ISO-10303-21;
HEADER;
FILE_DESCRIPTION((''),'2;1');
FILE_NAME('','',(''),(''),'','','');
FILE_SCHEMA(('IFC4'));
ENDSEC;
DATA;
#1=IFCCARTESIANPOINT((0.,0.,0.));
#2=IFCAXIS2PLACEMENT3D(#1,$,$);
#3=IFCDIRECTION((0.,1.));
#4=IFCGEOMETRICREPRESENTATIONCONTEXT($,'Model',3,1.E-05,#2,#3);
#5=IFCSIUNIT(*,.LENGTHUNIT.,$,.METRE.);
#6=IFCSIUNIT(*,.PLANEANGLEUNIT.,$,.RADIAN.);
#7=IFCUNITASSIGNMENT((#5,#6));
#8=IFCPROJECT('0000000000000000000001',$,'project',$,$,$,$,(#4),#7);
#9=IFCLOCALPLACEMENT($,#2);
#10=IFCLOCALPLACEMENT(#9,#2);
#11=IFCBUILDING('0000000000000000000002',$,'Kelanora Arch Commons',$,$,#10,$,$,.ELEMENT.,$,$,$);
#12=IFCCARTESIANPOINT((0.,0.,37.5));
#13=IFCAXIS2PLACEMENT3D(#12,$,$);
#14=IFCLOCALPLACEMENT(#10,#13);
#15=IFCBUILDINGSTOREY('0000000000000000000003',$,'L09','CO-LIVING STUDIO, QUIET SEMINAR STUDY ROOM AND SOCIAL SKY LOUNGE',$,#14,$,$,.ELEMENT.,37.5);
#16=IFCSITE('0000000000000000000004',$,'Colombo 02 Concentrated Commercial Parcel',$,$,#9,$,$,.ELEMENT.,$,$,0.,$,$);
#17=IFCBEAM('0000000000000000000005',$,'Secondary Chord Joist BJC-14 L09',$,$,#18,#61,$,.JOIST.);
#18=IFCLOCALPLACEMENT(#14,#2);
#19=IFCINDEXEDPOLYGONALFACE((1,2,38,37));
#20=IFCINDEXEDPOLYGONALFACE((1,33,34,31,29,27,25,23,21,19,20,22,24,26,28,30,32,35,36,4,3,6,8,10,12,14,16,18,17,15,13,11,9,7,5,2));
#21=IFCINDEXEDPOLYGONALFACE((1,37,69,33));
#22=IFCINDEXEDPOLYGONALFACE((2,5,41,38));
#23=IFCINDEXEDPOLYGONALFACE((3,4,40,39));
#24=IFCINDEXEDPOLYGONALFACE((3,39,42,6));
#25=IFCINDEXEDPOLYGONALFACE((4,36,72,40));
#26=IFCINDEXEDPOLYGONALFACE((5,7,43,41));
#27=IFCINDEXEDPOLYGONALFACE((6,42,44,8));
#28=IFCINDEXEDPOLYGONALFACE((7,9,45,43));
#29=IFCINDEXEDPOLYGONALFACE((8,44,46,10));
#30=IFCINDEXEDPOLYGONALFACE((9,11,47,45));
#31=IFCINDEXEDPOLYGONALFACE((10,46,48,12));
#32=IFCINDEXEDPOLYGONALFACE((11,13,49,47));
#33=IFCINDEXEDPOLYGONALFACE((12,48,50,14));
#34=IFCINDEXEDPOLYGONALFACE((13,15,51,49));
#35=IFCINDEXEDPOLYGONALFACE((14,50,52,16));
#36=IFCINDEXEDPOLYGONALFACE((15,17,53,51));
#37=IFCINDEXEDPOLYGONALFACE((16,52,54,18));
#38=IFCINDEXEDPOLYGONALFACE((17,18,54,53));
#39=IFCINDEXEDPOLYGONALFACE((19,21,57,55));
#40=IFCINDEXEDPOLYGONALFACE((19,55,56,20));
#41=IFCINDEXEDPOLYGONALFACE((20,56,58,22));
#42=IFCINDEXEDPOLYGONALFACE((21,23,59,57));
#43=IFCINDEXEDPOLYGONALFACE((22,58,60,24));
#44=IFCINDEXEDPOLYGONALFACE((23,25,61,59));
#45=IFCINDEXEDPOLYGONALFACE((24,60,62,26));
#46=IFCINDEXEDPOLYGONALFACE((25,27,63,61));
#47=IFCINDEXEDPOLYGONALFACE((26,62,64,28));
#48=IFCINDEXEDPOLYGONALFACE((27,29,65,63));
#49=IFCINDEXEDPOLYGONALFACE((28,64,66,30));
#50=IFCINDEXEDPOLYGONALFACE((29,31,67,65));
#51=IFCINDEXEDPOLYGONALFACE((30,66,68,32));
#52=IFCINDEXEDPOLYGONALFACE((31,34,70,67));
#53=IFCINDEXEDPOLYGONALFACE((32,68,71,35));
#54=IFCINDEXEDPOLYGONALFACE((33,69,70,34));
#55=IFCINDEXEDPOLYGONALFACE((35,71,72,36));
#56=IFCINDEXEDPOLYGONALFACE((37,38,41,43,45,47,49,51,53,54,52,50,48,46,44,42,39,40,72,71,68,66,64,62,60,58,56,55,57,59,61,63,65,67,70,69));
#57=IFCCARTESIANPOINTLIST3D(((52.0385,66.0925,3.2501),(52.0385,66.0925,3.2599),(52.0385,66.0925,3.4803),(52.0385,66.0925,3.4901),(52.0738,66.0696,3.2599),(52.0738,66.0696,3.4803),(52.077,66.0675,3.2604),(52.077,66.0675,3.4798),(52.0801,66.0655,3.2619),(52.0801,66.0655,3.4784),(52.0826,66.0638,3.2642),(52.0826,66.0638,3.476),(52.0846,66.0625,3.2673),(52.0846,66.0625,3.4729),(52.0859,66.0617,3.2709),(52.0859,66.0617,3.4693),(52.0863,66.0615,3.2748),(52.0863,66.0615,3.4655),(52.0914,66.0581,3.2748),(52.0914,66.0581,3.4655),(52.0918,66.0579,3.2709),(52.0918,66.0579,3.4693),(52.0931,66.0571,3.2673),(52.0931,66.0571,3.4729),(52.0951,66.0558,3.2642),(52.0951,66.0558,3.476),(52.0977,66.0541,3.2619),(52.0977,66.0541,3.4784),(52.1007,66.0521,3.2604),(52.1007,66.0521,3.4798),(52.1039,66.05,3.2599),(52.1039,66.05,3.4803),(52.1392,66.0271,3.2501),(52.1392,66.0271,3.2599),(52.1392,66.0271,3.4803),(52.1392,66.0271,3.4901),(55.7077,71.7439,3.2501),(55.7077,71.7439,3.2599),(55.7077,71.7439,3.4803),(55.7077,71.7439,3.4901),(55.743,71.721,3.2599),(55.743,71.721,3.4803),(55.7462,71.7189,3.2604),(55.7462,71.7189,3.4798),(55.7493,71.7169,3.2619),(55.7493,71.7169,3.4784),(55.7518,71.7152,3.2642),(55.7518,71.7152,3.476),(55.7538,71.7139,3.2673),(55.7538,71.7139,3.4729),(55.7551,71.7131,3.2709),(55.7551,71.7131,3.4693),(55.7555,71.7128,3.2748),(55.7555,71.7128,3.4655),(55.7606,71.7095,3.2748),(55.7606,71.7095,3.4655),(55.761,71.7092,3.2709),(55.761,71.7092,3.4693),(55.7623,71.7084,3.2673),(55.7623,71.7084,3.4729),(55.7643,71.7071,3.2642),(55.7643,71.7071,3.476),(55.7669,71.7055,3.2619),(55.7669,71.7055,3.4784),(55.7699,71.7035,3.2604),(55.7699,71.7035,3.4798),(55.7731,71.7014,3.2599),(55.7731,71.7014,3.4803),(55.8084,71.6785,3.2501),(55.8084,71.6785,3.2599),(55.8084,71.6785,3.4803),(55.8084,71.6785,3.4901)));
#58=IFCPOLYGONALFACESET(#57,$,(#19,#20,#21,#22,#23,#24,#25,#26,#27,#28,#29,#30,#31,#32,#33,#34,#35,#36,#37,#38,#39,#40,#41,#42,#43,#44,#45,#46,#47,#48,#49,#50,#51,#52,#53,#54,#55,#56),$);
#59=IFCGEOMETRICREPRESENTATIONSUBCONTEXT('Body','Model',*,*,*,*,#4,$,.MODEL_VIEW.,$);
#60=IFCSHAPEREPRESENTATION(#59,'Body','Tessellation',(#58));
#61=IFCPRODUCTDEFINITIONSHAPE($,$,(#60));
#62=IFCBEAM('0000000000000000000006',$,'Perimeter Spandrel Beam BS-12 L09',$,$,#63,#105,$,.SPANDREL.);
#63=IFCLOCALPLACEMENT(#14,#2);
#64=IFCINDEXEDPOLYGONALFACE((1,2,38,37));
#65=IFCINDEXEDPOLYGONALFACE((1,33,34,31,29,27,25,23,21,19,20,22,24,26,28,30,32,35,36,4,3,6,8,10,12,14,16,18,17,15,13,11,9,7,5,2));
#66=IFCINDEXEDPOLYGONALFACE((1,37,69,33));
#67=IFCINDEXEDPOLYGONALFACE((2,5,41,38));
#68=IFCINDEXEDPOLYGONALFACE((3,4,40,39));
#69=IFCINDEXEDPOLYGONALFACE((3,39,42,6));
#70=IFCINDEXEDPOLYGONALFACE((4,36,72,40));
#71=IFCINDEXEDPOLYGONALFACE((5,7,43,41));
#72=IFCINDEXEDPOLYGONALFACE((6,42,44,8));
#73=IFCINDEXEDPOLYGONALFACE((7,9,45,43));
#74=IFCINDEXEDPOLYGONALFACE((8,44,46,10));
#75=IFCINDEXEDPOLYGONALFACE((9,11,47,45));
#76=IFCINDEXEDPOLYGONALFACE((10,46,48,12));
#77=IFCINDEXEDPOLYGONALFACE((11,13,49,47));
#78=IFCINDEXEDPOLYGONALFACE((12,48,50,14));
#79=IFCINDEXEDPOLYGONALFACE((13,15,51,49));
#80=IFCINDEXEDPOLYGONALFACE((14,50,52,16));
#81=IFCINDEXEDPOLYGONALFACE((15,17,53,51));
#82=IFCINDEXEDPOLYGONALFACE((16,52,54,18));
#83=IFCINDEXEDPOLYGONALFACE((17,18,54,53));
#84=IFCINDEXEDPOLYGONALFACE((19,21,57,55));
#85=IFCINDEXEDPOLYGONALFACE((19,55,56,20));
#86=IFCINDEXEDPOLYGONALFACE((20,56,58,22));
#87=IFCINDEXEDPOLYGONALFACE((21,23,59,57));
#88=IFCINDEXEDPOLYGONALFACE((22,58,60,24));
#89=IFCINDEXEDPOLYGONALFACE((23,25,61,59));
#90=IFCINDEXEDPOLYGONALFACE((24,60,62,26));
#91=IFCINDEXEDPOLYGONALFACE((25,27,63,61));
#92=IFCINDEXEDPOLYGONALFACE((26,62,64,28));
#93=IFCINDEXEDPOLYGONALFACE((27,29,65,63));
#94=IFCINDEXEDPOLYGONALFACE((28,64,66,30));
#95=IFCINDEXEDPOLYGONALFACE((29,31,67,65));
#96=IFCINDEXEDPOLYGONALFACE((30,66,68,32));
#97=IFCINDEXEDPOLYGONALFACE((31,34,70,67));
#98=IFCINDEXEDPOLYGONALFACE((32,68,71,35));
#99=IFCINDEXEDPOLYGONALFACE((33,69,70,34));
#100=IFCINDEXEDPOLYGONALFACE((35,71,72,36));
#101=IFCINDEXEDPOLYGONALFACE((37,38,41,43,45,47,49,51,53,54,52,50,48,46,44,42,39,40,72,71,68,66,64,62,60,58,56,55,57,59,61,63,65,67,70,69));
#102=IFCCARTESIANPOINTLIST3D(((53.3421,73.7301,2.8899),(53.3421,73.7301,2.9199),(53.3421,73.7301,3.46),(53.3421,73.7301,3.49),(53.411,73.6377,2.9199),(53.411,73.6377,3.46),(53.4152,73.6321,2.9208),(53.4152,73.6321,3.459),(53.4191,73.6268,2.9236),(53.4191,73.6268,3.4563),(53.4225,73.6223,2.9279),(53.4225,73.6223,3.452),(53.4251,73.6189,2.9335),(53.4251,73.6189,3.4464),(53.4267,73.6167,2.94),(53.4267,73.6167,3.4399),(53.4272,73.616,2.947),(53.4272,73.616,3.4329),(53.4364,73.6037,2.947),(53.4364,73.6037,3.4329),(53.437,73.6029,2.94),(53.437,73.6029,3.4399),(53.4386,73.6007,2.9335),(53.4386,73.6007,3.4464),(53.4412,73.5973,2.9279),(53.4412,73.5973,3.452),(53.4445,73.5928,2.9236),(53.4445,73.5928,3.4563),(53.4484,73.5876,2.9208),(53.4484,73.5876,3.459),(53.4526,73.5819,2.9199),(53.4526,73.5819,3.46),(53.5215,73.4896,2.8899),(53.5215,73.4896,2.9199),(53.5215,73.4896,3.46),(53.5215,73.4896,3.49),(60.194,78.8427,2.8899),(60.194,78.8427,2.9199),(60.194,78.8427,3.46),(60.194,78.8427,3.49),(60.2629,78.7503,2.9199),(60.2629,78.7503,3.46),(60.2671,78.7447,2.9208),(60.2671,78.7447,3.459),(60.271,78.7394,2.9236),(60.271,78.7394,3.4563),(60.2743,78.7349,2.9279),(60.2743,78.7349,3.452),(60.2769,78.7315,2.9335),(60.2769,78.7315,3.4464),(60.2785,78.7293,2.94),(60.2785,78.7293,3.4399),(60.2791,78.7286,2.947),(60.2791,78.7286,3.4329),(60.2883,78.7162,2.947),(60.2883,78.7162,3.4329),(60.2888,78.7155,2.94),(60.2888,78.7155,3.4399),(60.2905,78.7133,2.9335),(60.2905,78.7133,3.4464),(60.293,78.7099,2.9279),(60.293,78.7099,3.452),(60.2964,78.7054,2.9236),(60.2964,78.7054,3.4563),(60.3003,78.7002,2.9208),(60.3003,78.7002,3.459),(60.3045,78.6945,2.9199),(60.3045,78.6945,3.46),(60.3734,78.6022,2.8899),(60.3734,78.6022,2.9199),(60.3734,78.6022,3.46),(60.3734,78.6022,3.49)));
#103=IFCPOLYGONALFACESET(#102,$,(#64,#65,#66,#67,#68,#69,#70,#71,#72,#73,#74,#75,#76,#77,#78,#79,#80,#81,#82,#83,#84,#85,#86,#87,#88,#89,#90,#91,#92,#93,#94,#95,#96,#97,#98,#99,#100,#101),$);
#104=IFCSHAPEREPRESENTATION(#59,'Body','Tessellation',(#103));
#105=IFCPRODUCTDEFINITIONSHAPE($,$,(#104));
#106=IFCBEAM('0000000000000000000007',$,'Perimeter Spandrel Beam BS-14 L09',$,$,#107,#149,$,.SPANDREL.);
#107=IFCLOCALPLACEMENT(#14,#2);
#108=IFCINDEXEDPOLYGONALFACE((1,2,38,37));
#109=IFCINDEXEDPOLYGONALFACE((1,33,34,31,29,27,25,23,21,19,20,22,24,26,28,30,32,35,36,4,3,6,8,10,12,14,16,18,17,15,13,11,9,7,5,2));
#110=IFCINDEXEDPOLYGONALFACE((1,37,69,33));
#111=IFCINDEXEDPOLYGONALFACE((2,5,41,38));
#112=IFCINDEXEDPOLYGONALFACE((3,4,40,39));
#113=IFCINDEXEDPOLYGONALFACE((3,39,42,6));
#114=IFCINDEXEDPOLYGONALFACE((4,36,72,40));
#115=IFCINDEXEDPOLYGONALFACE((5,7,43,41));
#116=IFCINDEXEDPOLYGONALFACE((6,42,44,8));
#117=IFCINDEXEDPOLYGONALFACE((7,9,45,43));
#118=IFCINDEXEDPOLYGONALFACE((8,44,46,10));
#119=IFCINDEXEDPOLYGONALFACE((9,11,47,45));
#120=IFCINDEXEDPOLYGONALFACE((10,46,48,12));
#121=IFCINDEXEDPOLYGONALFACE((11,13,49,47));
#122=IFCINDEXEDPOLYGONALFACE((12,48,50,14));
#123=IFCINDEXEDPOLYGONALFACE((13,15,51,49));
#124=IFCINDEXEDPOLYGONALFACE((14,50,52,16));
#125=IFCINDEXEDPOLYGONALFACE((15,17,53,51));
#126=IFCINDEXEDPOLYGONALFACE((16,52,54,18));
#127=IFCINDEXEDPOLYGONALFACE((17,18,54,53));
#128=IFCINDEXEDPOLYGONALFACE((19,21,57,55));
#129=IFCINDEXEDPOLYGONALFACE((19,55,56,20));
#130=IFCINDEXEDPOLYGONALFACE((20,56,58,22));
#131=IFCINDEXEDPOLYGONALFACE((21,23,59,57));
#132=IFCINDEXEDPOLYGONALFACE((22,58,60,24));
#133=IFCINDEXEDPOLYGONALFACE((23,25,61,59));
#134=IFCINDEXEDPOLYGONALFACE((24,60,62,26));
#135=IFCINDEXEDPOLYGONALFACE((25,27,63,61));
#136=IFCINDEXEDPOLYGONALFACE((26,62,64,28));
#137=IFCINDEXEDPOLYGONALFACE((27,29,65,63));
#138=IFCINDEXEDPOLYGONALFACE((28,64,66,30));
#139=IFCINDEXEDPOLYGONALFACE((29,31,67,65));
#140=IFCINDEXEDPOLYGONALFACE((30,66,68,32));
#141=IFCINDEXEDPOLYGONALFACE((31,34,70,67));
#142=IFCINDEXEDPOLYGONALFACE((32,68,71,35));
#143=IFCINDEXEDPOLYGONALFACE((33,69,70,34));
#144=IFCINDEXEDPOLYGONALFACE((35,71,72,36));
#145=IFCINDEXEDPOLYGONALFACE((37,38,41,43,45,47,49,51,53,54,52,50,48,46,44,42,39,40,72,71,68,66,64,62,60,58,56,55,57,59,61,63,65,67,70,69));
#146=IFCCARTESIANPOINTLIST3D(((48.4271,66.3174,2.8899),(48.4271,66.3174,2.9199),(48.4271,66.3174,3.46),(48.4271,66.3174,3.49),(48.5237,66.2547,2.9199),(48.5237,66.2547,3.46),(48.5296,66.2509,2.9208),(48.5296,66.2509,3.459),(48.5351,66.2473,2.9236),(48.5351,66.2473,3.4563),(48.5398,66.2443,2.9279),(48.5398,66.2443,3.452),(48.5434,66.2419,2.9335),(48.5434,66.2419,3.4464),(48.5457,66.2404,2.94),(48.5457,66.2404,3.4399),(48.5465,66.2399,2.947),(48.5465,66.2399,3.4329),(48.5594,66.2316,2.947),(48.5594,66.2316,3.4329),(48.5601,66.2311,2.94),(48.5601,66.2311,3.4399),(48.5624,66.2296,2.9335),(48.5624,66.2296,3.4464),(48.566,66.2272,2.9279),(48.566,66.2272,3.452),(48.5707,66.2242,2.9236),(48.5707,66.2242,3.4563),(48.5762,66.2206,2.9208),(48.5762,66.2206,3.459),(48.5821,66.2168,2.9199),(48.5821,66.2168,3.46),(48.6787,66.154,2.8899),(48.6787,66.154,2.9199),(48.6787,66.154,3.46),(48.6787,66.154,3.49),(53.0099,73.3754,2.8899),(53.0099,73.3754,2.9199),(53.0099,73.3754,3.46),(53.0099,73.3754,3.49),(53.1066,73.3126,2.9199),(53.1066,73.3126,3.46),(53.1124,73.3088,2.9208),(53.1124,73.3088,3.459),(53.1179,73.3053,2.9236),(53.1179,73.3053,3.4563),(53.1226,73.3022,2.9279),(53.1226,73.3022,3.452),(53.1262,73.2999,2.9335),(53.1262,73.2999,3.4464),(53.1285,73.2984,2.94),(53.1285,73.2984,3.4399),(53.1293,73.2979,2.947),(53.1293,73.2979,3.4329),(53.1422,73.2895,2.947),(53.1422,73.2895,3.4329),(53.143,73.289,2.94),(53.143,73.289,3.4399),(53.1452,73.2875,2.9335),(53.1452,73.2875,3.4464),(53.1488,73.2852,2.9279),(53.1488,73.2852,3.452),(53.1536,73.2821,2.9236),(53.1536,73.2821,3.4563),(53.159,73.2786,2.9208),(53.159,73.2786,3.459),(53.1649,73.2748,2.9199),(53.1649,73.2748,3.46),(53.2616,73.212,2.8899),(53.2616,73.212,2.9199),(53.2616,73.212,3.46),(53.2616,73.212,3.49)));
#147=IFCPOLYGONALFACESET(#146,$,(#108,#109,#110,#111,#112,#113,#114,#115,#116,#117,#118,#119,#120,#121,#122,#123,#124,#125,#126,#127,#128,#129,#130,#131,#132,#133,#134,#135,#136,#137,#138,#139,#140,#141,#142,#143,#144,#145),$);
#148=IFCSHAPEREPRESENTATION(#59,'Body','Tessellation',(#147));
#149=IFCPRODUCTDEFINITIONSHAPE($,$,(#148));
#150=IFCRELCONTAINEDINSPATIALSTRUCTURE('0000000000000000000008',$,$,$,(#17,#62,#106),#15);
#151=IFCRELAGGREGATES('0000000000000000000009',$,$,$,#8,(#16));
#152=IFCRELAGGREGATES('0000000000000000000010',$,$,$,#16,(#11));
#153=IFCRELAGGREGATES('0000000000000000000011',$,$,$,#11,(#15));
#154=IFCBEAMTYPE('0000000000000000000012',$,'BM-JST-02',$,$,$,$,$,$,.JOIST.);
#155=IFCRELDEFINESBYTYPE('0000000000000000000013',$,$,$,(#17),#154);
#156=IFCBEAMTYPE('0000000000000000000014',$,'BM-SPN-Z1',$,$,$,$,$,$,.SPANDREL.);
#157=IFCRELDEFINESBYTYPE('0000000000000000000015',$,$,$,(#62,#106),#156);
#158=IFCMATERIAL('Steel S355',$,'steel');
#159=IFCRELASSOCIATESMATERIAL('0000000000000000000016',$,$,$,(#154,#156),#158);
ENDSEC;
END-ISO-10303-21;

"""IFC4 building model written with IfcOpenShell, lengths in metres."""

from ifc_helpers import new_model, si_unit, direction, frame, origin, origin_2d, place, context, subcontext, project, spatial, i_section, extrude, material, material_profile, profile_set, type_object, element, save


model = new_model("IFC4")

# Units and contexts
model_context = context("Model", 3, precision=1e-05, world=origin(), true_north=direction((0.0, 1.0)))
body_context = subcontext(model_context, "Body", "Model", "MODEL_VIEW")
ifc_project = project(units=[si_unit("LENGTHUNIT", "METRE"), si_unit("PLANEANGLEUNIT", "RADIAN")], contexts=[model_context])

# Site, building, storey
site_placement = place(None, origin())
site = spatial("IfcSite", under=ifc_project, at=site_placement, Name="Colombo 02 Concentrated Commercial Parcel", CompositionType="ELEMENT", RefElevation=0.0)
building_placement = place(site_placement, origin())
building = spatial("IfcBuilding", under=site, at=building_placement, Name="Kelanora Arch Commons", CompositionType="ELEMENT")
storey_placement = place(building_placement, frame((0.0, 0.0, 37.5)))
storey = spatial("IfcBuildingStorey", under=building, at=storey_placement, Name="L09", Description="CO-LIVING STUDIO, QUIET SEMINAR STUDY ROOM AND SOCIAL SKY LOUNGE", CompositionType="ELEMENT", Elevation=37.5)

# Beams
ifc_material_1 = material(Name="Steel S355", Category="steel")
ifc_material_profile_1 = material_profile(ifc_material_1, i_section(OverallWidth=0.1201, OverallDepth=0.24, WebThickness=0.0061, FlangeThickness=0.0098, FilletRadius=0.0149, at=origin_2d()), Name="IPE240")
ifc_profile_set_1 = profile_set([ifc_material_profile_1], Name="Steel S355")
beam_type_1 = type_object("IfcBeamType", Name="BM-JST-02", PredefinedType="JOIST", material=ifc_profile_set_1)
beam_1_placement = place(storey_placement, frame((55.7581, 71.7112, 3.3701), z_axis=(-0.54455, -0.838728, 0.0), x_axis=(0.838728, -0.54455, 0.0)))
element("IfcBeam", 1, at=beam_1_placement, inside=storey, type_object=beam_type_1, Name="Secondary Chord Joist BJC-14 L09", PredefinedType="JOIST", context=body_context, shape_type="SweptSolid", body=[
    extrude(i_section(OverallWidth=0.1201, OverallDepth=0.24, WebThickness=0.0061, FlangeThickness=0.0098, FilletRadius=0.0149, at=origin_2d()), origin(), (0.0, 0.0, 1.0), 6.738),
])
ifc_material_profile_2 = material_profile(ifc_material_1, i_section(OverallWidth=0.3, OverallDepth=0.6001, WebThickness=0.0154, FlangeThickness=0.03, FilletRadius=0.0271, at=origin_2d()), Name="HEB600")
ifc_profile_set_2 = profile_set([ifc_material_profile_2], Name="Steel S355")
beam_type_2 = type_object("IfcBeamType", Name="BM-SPN-Z1", PredefinedType="SPANDREL", material=ifc_profile_set_2)
beam_2_placement = place(storey_placement, frame((60.2837, 78.7224, 3.1899), z_axis=(-0.801475, -0.598029, 0.0), x_axis=(0.598029, -0.801475, 0.0)))
element("IfcBeam", 2, at=beam_2_placement, inside=storey, type_object=beam_type_2, Name="Perimeter Spandrel Beam BS-12 L09", PredefinedType="SPANDREL", context=body_context, shape_type="SweptSolid", body=[
    extrude(i_section(OverallWidth=0.3, OverallDepth=0.6001, WebThickness=0.0154, FlangeThickness=0.03, FilletRadius=0.0271, at=origin_2d()), origin(), (0.0, 0.0, 1.0), 8.5491),
])
beam_3_placement = place(storey_placement, frame((53.1357, 73.2937, 3.1899), z_axis=(-0.544583, -0.838707, 0.0), x_axis=(0.838707, -0.544583, 0.0)))
element("IfcBeam", 3, at=beam_3_placement, inside=storey, type_object=beam_type_2, Name="Perimeter Spandrel Beam BS-14 L09", PredefinedType="SPANDREL", context=body_context, shape_type="SweptSolid", body=[
    extrude(i_section(OverallWidth=0.3, OverallDepth=0.6001, WebThickness=0.0154, FlangeThickness=0.03, FilletRadius=0.0271, at=origin_2d()), origin(), (0.0, 0.0, 1.0), 8.4153),
])

save(model, "model.ifc")
